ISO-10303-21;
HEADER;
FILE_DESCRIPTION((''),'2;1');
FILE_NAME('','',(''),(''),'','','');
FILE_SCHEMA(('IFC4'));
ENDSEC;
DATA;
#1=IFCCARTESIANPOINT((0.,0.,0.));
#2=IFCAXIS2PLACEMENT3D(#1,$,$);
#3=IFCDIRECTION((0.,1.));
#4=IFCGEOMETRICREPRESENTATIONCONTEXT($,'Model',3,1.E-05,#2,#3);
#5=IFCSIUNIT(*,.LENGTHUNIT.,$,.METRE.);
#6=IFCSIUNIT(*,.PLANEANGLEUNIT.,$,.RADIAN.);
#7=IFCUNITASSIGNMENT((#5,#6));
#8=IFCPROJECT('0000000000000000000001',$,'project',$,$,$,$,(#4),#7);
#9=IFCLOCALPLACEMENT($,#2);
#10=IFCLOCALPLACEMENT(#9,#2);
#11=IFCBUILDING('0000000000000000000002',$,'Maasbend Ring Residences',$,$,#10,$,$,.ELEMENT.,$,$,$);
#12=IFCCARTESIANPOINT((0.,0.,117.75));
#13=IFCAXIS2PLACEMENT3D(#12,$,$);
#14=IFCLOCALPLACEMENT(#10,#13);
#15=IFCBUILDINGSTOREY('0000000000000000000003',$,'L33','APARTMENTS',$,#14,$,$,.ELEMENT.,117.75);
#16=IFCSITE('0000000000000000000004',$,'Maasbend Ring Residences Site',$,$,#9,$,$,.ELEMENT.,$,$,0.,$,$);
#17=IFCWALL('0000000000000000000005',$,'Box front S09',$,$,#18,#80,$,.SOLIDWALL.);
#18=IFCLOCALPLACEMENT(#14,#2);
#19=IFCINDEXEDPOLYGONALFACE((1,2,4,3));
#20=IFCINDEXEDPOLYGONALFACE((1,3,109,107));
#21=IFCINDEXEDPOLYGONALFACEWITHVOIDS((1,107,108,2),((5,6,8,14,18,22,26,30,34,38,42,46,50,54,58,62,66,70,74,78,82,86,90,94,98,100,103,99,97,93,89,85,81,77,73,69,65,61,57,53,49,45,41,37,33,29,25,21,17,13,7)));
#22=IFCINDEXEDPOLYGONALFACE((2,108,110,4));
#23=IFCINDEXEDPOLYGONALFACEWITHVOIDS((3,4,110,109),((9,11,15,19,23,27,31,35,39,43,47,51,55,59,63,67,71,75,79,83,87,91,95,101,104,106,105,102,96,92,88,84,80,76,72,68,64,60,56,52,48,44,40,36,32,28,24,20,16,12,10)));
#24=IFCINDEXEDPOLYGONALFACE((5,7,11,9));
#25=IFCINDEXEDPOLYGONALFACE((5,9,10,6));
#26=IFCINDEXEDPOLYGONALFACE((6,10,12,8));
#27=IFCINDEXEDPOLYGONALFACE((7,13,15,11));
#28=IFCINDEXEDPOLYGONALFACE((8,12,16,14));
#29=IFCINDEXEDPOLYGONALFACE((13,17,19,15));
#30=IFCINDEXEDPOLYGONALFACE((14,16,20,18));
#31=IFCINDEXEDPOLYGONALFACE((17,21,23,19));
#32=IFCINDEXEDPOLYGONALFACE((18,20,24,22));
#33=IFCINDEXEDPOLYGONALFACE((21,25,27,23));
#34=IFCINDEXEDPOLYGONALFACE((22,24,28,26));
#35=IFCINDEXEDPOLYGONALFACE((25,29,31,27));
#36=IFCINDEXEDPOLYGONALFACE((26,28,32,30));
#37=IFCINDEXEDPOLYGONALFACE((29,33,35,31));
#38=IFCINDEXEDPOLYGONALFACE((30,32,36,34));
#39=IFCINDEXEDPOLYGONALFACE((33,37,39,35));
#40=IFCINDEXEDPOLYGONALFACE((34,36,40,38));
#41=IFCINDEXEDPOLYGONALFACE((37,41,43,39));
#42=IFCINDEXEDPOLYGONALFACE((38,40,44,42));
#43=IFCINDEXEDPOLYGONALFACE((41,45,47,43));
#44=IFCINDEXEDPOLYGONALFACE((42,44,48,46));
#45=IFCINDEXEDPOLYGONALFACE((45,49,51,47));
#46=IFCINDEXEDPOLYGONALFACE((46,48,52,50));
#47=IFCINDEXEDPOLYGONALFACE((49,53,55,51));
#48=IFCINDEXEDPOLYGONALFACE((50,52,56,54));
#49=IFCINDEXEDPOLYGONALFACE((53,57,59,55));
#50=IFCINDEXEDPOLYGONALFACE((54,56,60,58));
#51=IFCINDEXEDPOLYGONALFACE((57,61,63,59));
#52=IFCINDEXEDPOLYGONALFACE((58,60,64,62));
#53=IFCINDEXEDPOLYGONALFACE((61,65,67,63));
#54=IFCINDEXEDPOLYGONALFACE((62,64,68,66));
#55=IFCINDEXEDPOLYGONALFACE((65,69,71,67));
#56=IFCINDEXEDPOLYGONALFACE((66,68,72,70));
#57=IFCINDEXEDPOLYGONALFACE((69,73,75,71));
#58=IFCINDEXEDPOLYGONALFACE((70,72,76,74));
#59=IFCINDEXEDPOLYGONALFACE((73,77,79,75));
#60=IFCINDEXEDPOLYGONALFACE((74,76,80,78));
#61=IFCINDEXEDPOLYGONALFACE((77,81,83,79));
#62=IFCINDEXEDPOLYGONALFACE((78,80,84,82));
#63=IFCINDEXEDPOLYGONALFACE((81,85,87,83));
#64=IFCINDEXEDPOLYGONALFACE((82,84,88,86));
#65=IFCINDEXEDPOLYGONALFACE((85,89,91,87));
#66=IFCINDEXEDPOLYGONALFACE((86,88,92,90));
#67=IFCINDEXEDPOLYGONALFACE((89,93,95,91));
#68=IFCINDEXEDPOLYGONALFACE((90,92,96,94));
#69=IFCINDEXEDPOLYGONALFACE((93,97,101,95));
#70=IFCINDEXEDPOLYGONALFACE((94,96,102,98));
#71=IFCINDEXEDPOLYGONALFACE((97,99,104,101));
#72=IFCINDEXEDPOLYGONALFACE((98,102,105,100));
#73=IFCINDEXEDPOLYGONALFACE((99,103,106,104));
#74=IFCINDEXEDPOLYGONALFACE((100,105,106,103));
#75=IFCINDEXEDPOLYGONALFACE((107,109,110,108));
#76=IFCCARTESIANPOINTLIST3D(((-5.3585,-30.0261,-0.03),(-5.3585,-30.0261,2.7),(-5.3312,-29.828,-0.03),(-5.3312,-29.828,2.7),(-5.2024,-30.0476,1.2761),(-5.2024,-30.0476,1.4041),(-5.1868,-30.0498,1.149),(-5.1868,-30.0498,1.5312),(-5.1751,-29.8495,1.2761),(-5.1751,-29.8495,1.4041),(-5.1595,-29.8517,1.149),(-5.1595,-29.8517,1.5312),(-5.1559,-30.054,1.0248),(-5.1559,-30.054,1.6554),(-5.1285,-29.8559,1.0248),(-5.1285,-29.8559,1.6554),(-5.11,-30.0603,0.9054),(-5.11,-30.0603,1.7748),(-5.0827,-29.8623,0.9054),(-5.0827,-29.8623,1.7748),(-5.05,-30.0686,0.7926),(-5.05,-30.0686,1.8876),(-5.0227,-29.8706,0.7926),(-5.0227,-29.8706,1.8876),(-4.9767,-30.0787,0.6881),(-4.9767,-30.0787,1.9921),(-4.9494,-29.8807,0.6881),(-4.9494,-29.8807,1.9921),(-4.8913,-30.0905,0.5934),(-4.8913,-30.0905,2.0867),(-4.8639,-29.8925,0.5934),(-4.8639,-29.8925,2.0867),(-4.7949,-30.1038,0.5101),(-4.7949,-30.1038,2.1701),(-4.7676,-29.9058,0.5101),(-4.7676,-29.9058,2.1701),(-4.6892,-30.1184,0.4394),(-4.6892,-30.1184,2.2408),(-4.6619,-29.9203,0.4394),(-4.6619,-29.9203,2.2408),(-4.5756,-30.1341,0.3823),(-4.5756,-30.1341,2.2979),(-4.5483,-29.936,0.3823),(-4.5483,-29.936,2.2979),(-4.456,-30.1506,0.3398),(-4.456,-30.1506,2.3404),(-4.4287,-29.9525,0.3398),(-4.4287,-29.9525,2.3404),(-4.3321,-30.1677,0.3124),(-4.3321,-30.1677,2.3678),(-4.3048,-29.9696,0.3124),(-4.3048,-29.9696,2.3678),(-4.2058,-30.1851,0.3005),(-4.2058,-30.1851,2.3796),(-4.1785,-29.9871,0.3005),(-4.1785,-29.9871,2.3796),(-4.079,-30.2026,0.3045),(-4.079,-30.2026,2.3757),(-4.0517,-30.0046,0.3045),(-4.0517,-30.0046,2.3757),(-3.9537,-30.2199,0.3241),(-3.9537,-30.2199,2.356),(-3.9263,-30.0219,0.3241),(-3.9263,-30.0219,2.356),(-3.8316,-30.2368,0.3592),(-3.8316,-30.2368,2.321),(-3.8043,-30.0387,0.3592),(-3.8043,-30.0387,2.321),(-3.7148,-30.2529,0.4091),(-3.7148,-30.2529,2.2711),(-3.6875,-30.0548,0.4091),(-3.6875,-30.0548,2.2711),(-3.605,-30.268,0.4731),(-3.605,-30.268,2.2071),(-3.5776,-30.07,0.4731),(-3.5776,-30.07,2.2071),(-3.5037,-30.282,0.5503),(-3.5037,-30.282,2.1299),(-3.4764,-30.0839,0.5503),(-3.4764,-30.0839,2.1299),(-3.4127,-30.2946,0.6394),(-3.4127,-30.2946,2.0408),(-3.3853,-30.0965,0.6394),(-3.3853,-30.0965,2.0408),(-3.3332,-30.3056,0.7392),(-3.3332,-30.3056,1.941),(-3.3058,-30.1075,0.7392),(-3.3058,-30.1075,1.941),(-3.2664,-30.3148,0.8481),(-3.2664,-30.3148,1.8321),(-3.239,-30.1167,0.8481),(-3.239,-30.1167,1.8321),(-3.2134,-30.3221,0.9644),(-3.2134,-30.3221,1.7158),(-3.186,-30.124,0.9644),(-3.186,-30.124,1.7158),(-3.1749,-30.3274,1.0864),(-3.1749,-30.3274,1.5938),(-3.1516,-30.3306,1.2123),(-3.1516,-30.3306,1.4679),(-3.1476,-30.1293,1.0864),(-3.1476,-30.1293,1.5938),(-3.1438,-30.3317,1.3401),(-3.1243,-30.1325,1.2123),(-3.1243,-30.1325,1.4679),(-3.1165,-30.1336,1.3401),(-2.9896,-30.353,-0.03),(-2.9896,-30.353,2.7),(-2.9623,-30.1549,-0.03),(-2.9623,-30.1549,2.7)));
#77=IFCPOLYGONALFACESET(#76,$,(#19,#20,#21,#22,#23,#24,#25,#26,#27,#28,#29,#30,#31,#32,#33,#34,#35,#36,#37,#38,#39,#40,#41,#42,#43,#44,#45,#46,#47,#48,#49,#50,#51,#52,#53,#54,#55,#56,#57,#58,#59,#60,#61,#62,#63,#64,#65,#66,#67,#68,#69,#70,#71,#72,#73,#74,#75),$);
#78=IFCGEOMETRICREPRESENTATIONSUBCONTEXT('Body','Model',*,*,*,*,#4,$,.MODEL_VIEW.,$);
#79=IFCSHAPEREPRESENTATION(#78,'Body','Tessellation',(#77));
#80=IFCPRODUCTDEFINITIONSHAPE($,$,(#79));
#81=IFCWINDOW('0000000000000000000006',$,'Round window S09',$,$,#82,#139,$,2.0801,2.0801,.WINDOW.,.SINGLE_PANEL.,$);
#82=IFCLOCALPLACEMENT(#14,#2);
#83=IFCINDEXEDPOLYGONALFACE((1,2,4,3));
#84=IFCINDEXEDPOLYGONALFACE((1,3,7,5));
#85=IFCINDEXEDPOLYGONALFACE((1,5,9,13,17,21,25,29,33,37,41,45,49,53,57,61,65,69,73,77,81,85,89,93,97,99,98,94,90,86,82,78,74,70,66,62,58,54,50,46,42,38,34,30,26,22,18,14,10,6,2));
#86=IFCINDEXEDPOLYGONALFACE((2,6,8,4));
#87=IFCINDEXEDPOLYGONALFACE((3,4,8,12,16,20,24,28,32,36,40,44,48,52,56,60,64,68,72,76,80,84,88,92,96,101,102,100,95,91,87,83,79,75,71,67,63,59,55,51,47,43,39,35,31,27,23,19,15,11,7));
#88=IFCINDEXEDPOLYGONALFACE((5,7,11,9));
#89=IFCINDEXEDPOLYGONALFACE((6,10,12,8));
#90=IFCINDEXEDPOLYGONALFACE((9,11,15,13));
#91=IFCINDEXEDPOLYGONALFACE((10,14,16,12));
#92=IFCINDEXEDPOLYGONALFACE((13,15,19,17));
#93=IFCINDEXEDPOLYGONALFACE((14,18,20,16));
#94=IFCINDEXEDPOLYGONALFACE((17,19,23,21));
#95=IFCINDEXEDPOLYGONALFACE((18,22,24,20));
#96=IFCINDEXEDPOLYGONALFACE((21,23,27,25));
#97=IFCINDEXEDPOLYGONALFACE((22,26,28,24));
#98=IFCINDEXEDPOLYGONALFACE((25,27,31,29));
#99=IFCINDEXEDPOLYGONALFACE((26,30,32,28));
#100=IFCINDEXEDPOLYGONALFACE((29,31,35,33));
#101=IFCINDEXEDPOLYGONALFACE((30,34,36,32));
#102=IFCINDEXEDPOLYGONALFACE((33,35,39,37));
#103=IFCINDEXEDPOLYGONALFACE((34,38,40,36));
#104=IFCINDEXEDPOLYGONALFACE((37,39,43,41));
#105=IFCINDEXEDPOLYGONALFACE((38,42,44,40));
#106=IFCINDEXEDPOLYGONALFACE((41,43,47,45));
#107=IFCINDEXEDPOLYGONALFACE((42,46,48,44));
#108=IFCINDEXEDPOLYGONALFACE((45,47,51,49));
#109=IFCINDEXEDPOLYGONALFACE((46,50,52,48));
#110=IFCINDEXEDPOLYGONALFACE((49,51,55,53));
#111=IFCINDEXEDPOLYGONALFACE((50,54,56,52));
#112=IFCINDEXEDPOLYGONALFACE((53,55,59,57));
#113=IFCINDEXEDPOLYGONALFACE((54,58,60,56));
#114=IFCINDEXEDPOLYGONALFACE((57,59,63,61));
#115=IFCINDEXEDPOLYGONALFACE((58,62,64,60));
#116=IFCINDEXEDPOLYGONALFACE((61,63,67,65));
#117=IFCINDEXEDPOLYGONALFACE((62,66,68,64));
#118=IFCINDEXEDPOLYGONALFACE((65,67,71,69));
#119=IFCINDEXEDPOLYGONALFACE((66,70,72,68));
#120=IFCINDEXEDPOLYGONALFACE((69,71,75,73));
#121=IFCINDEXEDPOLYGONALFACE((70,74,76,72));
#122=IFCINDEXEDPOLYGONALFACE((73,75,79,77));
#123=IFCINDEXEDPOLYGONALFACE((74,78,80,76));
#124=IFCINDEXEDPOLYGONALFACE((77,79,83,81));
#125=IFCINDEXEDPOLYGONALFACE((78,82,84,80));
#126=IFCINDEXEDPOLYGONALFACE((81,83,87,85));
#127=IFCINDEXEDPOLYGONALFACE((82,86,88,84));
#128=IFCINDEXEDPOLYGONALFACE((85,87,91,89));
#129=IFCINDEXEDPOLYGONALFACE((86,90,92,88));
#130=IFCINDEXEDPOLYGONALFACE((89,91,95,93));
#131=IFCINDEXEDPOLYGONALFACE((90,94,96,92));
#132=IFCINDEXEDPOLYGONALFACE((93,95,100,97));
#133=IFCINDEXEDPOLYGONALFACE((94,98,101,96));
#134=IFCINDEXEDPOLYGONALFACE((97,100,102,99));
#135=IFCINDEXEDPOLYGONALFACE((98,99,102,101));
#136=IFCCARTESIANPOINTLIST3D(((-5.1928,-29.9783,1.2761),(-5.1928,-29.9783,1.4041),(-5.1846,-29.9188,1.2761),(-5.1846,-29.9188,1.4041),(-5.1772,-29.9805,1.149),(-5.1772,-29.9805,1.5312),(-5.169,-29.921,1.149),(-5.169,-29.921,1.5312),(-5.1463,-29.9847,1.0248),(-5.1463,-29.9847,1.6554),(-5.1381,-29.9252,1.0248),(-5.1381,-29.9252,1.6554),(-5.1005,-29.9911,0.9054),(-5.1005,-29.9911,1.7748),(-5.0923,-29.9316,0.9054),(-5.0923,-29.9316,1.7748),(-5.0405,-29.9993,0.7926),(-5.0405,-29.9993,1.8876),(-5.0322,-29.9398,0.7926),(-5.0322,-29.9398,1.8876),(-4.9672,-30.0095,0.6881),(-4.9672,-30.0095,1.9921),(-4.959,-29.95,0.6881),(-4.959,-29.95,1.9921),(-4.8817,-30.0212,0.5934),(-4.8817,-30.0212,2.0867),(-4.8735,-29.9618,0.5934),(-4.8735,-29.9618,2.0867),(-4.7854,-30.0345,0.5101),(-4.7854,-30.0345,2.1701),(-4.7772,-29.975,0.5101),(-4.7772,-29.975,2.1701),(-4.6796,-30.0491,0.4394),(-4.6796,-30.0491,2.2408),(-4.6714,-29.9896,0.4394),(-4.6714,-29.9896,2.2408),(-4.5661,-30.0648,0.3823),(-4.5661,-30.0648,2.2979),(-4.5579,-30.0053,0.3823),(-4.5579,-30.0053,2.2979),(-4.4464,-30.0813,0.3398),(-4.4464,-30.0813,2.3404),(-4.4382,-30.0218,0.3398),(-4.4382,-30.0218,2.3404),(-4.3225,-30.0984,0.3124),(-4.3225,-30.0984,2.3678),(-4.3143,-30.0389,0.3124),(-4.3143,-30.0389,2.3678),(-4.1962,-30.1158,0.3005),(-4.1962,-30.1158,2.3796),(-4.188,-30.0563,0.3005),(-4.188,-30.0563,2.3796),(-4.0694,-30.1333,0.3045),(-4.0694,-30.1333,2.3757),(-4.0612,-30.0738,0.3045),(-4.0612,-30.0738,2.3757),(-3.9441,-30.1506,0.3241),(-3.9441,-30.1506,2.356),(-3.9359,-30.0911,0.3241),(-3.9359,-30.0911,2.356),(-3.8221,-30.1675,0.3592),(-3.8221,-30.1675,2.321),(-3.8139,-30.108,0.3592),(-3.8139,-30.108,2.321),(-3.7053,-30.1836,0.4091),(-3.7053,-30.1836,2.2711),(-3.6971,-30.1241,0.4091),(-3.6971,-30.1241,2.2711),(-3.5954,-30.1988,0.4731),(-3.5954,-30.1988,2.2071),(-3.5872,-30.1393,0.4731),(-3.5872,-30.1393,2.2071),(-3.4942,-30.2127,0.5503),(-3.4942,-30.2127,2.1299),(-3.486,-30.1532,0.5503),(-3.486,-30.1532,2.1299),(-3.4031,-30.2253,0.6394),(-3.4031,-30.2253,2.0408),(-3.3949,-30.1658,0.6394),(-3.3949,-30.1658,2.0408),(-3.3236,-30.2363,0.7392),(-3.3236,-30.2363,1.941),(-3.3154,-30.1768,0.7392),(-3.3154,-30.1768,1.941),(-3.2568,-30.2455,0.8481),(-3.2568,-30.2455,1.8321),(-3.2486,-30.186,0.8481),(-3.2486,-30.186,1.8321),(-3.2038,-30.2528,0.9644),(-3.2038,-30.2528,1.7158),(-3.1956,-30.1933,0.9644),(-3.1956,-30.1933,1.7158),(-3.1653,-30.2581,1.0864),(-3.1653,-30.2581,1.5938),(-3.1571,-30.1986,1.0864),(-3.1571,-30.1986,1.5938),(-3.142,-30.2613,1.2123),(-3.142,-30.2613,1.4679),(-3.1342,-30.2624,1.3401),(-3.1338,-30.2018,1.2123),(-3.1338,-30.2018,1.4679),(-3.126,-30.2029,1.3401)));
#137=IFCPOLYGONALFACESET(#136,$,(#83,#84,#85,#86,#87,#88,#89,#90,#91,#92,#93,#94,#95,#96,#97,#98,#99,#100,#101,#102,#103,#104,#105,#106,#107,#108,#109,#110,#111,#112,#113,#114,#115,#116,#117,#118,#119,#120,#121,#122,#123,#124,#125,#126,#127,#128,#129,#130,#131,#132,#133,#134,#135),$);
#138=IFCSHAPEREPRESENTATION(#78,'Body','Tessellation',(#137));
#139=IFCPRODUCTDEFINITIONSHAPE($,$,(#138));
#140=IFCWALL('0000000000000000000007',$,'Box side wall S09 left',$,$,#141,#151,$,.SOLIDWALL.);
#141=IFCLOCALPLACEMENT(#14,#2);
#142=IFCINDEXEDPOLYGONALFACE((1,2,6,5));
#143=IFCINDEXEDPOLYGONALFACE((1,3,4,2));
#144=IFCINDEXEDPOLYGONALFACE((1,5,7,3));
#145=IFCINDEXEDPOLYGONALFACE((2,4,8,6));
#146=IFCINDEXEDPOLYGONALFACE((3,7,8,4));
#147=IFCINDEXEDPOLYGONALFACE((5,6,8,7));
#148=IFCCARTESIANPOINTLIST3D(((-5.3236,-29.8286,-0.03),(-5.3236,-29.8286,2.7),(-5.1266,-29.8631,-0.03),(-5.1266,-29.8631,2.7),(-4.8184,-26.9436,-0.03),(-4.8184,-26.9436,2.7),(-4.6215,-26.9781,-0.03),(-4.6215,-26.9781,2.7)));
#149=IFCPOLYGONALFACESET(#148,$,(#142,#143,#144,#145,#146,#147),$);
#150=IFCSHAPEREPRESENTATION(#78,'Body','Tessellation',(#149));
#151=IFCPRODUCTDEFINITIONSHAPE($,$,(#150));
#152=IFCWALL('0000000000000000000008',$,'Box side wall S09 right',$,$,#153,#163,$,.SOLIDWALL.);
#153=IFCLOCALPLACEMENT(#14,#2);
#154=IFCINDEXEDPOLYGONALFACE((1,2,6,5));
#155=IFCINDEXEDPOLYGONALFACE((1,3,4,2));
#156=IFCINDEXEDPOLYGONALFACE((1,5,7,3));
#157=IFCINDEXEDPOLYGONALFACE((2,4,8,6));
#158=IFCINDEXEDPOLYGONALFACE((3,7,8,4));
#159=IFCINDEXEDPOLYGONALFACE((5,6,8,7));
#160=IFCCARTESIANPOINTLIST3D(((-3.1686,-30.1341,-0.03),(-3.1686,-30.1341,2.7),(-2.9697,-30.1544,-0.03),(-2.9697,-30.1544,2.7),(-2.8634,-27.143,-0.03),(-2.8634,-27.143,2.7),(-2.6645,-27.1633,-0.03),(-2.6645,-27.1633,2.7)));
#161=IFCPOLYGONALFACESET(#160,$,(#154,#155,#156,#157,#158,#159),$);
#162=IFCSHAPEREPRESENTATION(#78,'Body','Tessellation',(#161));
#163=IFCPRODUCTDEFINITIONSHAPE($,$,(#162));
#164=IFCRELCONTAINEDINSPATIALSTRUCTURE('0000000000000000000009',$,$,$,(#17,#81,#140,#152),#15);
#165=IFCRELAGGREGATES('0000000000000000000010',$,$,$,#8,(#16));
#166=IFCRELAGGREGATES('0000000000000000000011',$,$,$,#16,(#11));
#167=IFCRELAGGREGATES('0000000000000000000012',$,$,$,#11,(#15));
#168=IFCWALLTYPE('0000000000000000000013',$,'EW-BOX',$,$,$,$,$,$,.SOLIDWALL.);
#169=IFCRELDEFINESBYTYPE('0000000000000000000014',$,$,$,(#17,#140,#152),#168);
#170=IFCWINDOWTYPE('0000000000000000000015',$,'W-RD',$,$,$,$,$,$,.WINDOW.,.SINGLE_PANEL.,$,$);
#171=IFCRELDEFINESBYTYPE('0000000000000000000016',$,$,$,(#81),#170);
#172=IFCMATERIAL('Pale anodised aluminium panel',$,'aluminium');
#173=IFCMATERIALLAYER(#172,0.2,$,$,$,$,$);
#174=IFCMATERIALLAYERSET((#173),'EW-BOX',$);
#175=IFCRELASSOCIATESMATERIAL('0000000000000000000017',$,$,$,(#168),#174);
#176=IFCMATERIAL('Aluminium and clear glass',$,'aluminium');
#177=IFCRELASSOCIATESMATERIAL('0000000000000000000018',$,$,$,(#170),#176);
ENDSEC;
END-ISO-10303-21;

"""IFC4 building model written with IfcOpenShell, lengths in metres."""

from ifc_helpers import new_model, si_unit, direction, frame, frame_2d, origin, place, context, subcontext, project, spatial, rectangle, circle, extrude, material, layer, layer_set, type_object, element, fill, save


model = new_model("IFC4")

# Units and contexts
model_context = context("Model", 3, precision=1e-05, world=origin(), true_north=direction((0.0, 1.0)))
body_context = subcontext(model_context, "Body", "Model", "MODEL_VIEW")
ifc_project = project(units=[si_unit("LENGTHUNIT", "METRE"), si_unit("PLANEANGLEUNIT", "RADIAN")], contexts=[model_context])

# Site, building, storey
site_placement = place(None, origin())
site = spatial("IfcSite", under=ifc_project, at=site_placement, Name="Maasbend Ring Residences Site", CompositionType="ELEMENT", RefElevation=0.0)
building_placement = place(site_placement, origin())
building = spatial("IfcBuilding", under=site, at=building_placement, Name="Maasbend Ring Residences", CompositionType="ELEMENT")
storey_placement = place(building_placement, frame((0.0, 0.0, 117.75)))
storey = spatial("IfcBuildingStorey", under=building, at=storey_placement, Name="L33", Description="APARTMENTS", CompositionType="ELEMENT", Elevation=117.75)

# Shared definitions
ifc_material_1 = material(Name="Pale anodised aluminium panel", Category="aluminium")
ifc_layer_1 = layer(ifc_material_1, 0.2)
ifc_layer_set_1 = layer_set([ifc_layer_1], Name="EW-BOX")
wall_type_1 = type_object("IfcWallType", Name="EW-BOX", PredefinedType="SOLIDWALL", material=ifc_layer_set_1)

# Wall, opening, window
wall_1_placement = place(storey_placement, frame((-5.345, -29.927, -0.03), z_axis=(0.0, 0.0, 1.0), x_axis=(0.990612, -0.136703, 0.0)))
wall_1 = element("IfcWall", 1, at=wall_1_placement, inside=storey, type_object=wall_type_1, Name="Box front S09", PredefinedType="SOLIDWALL", context=body_context, shape_type="SweptSolid", body=[
    extrude(rectangle(XDim=2.3914, YDim=0.2, at=frame_2d((1.1958, 0.0))), origin(), (0.0, 0.0, 1.0), 2.73),
])
opening_1_placement = place(wall_1_placement, frame((0.1558, 0.0, 0.3301)))
opening_1 = element("IfcOpeningElement", 2, at=opening_1_placement, cuts=wall_1, PredefinedType="OPENING", context=body_context, shape_type="SweptSolid", body=[
    extrude(circle(Radius=1.04, at=frame_2d((1.04, 1.04))), frame((0.0, 0.1099, 0.0), z_axis=(0.0, -1.0, 0.0), x_axis=(1.0, 0.0, 0.0)), (0.0, 0.0, 1.0), 0.22),
])
ifc_material_2 = material(Name="Aluminium and clear glass", Category="aluminium")
window_type_1 = type_object("IfcWindowType", Name="W-RD", PartitioningType="SINGLE_PANEL", PredefinedType="WINDOW", material=ifc_material_2)
window_1_placement = place(opening_1_placement, origin())
window_1 = element("IfcWindow", 3, at=window_1_placement, inside=storey, type_object=window_type_1, Name="Round window S09", OverallHeight=2.0801, OverallWidth=2.0801, PartitioningType="SINGLE_PANEL", PredefinedType="WINDOW", context=body_context, shape_type="SweptSolid", body=[
    extrude(circle(Radius=1.04, at=frame_2d((1.04, 1.04))), frame((0.0, 0.03, 0.0), z_axis=(0.0, -1.0, 0.0), x_axis=(1.0, 0.0, 0.0)), (0.0, 0.0, 1.0), 0.0601),
])
fill(opening_1, window_1)

# Walls
wall_2_placement = place(storey_placement, frame((-4.72, -26.9609, -0.03), z_axis=(0.0, 0.0, 1.0), x_axis=(-0.172463, -0.985016, 0.0)))
element("IfcWall", 4, at=wall_2_placement, inside=storey, type_object=wall_type_1, Name="Box side wall S09 left", PredefinedType="SOLIDWALL", context=body_context, shape_type="SweptSolid", body=[
    extrude(rectangle(XDim=2.929, YDim=0.2, at=frame_2d((1.4644, 0.0))), origin(), (0.0, 0.0, 1.0), 2.73),
])
wall_3_placement = place(storey_placement, frame((-2.7639, -27.1531, -0.03), z_axis=(0.0, 0.0, 1.0), x_axis=(-0.101505, -0.994835, 0.0)))
element("IfcWall", 5, at=wall_3_placement, inside=storey, type_object=wall_type_1, Name="Box side wall S09 right", PredefinedType="SOLIDWALL", context=body_context, shape_type="SweptSolid", body=[
    extrude(rectangle(XDim=3.0066, YDim=0.2, at=frame_2d((1.5034, 0.0))), origin(), (0.0, 0.0, 1.0), 2.73),
])

save(model, "model.ifc")
